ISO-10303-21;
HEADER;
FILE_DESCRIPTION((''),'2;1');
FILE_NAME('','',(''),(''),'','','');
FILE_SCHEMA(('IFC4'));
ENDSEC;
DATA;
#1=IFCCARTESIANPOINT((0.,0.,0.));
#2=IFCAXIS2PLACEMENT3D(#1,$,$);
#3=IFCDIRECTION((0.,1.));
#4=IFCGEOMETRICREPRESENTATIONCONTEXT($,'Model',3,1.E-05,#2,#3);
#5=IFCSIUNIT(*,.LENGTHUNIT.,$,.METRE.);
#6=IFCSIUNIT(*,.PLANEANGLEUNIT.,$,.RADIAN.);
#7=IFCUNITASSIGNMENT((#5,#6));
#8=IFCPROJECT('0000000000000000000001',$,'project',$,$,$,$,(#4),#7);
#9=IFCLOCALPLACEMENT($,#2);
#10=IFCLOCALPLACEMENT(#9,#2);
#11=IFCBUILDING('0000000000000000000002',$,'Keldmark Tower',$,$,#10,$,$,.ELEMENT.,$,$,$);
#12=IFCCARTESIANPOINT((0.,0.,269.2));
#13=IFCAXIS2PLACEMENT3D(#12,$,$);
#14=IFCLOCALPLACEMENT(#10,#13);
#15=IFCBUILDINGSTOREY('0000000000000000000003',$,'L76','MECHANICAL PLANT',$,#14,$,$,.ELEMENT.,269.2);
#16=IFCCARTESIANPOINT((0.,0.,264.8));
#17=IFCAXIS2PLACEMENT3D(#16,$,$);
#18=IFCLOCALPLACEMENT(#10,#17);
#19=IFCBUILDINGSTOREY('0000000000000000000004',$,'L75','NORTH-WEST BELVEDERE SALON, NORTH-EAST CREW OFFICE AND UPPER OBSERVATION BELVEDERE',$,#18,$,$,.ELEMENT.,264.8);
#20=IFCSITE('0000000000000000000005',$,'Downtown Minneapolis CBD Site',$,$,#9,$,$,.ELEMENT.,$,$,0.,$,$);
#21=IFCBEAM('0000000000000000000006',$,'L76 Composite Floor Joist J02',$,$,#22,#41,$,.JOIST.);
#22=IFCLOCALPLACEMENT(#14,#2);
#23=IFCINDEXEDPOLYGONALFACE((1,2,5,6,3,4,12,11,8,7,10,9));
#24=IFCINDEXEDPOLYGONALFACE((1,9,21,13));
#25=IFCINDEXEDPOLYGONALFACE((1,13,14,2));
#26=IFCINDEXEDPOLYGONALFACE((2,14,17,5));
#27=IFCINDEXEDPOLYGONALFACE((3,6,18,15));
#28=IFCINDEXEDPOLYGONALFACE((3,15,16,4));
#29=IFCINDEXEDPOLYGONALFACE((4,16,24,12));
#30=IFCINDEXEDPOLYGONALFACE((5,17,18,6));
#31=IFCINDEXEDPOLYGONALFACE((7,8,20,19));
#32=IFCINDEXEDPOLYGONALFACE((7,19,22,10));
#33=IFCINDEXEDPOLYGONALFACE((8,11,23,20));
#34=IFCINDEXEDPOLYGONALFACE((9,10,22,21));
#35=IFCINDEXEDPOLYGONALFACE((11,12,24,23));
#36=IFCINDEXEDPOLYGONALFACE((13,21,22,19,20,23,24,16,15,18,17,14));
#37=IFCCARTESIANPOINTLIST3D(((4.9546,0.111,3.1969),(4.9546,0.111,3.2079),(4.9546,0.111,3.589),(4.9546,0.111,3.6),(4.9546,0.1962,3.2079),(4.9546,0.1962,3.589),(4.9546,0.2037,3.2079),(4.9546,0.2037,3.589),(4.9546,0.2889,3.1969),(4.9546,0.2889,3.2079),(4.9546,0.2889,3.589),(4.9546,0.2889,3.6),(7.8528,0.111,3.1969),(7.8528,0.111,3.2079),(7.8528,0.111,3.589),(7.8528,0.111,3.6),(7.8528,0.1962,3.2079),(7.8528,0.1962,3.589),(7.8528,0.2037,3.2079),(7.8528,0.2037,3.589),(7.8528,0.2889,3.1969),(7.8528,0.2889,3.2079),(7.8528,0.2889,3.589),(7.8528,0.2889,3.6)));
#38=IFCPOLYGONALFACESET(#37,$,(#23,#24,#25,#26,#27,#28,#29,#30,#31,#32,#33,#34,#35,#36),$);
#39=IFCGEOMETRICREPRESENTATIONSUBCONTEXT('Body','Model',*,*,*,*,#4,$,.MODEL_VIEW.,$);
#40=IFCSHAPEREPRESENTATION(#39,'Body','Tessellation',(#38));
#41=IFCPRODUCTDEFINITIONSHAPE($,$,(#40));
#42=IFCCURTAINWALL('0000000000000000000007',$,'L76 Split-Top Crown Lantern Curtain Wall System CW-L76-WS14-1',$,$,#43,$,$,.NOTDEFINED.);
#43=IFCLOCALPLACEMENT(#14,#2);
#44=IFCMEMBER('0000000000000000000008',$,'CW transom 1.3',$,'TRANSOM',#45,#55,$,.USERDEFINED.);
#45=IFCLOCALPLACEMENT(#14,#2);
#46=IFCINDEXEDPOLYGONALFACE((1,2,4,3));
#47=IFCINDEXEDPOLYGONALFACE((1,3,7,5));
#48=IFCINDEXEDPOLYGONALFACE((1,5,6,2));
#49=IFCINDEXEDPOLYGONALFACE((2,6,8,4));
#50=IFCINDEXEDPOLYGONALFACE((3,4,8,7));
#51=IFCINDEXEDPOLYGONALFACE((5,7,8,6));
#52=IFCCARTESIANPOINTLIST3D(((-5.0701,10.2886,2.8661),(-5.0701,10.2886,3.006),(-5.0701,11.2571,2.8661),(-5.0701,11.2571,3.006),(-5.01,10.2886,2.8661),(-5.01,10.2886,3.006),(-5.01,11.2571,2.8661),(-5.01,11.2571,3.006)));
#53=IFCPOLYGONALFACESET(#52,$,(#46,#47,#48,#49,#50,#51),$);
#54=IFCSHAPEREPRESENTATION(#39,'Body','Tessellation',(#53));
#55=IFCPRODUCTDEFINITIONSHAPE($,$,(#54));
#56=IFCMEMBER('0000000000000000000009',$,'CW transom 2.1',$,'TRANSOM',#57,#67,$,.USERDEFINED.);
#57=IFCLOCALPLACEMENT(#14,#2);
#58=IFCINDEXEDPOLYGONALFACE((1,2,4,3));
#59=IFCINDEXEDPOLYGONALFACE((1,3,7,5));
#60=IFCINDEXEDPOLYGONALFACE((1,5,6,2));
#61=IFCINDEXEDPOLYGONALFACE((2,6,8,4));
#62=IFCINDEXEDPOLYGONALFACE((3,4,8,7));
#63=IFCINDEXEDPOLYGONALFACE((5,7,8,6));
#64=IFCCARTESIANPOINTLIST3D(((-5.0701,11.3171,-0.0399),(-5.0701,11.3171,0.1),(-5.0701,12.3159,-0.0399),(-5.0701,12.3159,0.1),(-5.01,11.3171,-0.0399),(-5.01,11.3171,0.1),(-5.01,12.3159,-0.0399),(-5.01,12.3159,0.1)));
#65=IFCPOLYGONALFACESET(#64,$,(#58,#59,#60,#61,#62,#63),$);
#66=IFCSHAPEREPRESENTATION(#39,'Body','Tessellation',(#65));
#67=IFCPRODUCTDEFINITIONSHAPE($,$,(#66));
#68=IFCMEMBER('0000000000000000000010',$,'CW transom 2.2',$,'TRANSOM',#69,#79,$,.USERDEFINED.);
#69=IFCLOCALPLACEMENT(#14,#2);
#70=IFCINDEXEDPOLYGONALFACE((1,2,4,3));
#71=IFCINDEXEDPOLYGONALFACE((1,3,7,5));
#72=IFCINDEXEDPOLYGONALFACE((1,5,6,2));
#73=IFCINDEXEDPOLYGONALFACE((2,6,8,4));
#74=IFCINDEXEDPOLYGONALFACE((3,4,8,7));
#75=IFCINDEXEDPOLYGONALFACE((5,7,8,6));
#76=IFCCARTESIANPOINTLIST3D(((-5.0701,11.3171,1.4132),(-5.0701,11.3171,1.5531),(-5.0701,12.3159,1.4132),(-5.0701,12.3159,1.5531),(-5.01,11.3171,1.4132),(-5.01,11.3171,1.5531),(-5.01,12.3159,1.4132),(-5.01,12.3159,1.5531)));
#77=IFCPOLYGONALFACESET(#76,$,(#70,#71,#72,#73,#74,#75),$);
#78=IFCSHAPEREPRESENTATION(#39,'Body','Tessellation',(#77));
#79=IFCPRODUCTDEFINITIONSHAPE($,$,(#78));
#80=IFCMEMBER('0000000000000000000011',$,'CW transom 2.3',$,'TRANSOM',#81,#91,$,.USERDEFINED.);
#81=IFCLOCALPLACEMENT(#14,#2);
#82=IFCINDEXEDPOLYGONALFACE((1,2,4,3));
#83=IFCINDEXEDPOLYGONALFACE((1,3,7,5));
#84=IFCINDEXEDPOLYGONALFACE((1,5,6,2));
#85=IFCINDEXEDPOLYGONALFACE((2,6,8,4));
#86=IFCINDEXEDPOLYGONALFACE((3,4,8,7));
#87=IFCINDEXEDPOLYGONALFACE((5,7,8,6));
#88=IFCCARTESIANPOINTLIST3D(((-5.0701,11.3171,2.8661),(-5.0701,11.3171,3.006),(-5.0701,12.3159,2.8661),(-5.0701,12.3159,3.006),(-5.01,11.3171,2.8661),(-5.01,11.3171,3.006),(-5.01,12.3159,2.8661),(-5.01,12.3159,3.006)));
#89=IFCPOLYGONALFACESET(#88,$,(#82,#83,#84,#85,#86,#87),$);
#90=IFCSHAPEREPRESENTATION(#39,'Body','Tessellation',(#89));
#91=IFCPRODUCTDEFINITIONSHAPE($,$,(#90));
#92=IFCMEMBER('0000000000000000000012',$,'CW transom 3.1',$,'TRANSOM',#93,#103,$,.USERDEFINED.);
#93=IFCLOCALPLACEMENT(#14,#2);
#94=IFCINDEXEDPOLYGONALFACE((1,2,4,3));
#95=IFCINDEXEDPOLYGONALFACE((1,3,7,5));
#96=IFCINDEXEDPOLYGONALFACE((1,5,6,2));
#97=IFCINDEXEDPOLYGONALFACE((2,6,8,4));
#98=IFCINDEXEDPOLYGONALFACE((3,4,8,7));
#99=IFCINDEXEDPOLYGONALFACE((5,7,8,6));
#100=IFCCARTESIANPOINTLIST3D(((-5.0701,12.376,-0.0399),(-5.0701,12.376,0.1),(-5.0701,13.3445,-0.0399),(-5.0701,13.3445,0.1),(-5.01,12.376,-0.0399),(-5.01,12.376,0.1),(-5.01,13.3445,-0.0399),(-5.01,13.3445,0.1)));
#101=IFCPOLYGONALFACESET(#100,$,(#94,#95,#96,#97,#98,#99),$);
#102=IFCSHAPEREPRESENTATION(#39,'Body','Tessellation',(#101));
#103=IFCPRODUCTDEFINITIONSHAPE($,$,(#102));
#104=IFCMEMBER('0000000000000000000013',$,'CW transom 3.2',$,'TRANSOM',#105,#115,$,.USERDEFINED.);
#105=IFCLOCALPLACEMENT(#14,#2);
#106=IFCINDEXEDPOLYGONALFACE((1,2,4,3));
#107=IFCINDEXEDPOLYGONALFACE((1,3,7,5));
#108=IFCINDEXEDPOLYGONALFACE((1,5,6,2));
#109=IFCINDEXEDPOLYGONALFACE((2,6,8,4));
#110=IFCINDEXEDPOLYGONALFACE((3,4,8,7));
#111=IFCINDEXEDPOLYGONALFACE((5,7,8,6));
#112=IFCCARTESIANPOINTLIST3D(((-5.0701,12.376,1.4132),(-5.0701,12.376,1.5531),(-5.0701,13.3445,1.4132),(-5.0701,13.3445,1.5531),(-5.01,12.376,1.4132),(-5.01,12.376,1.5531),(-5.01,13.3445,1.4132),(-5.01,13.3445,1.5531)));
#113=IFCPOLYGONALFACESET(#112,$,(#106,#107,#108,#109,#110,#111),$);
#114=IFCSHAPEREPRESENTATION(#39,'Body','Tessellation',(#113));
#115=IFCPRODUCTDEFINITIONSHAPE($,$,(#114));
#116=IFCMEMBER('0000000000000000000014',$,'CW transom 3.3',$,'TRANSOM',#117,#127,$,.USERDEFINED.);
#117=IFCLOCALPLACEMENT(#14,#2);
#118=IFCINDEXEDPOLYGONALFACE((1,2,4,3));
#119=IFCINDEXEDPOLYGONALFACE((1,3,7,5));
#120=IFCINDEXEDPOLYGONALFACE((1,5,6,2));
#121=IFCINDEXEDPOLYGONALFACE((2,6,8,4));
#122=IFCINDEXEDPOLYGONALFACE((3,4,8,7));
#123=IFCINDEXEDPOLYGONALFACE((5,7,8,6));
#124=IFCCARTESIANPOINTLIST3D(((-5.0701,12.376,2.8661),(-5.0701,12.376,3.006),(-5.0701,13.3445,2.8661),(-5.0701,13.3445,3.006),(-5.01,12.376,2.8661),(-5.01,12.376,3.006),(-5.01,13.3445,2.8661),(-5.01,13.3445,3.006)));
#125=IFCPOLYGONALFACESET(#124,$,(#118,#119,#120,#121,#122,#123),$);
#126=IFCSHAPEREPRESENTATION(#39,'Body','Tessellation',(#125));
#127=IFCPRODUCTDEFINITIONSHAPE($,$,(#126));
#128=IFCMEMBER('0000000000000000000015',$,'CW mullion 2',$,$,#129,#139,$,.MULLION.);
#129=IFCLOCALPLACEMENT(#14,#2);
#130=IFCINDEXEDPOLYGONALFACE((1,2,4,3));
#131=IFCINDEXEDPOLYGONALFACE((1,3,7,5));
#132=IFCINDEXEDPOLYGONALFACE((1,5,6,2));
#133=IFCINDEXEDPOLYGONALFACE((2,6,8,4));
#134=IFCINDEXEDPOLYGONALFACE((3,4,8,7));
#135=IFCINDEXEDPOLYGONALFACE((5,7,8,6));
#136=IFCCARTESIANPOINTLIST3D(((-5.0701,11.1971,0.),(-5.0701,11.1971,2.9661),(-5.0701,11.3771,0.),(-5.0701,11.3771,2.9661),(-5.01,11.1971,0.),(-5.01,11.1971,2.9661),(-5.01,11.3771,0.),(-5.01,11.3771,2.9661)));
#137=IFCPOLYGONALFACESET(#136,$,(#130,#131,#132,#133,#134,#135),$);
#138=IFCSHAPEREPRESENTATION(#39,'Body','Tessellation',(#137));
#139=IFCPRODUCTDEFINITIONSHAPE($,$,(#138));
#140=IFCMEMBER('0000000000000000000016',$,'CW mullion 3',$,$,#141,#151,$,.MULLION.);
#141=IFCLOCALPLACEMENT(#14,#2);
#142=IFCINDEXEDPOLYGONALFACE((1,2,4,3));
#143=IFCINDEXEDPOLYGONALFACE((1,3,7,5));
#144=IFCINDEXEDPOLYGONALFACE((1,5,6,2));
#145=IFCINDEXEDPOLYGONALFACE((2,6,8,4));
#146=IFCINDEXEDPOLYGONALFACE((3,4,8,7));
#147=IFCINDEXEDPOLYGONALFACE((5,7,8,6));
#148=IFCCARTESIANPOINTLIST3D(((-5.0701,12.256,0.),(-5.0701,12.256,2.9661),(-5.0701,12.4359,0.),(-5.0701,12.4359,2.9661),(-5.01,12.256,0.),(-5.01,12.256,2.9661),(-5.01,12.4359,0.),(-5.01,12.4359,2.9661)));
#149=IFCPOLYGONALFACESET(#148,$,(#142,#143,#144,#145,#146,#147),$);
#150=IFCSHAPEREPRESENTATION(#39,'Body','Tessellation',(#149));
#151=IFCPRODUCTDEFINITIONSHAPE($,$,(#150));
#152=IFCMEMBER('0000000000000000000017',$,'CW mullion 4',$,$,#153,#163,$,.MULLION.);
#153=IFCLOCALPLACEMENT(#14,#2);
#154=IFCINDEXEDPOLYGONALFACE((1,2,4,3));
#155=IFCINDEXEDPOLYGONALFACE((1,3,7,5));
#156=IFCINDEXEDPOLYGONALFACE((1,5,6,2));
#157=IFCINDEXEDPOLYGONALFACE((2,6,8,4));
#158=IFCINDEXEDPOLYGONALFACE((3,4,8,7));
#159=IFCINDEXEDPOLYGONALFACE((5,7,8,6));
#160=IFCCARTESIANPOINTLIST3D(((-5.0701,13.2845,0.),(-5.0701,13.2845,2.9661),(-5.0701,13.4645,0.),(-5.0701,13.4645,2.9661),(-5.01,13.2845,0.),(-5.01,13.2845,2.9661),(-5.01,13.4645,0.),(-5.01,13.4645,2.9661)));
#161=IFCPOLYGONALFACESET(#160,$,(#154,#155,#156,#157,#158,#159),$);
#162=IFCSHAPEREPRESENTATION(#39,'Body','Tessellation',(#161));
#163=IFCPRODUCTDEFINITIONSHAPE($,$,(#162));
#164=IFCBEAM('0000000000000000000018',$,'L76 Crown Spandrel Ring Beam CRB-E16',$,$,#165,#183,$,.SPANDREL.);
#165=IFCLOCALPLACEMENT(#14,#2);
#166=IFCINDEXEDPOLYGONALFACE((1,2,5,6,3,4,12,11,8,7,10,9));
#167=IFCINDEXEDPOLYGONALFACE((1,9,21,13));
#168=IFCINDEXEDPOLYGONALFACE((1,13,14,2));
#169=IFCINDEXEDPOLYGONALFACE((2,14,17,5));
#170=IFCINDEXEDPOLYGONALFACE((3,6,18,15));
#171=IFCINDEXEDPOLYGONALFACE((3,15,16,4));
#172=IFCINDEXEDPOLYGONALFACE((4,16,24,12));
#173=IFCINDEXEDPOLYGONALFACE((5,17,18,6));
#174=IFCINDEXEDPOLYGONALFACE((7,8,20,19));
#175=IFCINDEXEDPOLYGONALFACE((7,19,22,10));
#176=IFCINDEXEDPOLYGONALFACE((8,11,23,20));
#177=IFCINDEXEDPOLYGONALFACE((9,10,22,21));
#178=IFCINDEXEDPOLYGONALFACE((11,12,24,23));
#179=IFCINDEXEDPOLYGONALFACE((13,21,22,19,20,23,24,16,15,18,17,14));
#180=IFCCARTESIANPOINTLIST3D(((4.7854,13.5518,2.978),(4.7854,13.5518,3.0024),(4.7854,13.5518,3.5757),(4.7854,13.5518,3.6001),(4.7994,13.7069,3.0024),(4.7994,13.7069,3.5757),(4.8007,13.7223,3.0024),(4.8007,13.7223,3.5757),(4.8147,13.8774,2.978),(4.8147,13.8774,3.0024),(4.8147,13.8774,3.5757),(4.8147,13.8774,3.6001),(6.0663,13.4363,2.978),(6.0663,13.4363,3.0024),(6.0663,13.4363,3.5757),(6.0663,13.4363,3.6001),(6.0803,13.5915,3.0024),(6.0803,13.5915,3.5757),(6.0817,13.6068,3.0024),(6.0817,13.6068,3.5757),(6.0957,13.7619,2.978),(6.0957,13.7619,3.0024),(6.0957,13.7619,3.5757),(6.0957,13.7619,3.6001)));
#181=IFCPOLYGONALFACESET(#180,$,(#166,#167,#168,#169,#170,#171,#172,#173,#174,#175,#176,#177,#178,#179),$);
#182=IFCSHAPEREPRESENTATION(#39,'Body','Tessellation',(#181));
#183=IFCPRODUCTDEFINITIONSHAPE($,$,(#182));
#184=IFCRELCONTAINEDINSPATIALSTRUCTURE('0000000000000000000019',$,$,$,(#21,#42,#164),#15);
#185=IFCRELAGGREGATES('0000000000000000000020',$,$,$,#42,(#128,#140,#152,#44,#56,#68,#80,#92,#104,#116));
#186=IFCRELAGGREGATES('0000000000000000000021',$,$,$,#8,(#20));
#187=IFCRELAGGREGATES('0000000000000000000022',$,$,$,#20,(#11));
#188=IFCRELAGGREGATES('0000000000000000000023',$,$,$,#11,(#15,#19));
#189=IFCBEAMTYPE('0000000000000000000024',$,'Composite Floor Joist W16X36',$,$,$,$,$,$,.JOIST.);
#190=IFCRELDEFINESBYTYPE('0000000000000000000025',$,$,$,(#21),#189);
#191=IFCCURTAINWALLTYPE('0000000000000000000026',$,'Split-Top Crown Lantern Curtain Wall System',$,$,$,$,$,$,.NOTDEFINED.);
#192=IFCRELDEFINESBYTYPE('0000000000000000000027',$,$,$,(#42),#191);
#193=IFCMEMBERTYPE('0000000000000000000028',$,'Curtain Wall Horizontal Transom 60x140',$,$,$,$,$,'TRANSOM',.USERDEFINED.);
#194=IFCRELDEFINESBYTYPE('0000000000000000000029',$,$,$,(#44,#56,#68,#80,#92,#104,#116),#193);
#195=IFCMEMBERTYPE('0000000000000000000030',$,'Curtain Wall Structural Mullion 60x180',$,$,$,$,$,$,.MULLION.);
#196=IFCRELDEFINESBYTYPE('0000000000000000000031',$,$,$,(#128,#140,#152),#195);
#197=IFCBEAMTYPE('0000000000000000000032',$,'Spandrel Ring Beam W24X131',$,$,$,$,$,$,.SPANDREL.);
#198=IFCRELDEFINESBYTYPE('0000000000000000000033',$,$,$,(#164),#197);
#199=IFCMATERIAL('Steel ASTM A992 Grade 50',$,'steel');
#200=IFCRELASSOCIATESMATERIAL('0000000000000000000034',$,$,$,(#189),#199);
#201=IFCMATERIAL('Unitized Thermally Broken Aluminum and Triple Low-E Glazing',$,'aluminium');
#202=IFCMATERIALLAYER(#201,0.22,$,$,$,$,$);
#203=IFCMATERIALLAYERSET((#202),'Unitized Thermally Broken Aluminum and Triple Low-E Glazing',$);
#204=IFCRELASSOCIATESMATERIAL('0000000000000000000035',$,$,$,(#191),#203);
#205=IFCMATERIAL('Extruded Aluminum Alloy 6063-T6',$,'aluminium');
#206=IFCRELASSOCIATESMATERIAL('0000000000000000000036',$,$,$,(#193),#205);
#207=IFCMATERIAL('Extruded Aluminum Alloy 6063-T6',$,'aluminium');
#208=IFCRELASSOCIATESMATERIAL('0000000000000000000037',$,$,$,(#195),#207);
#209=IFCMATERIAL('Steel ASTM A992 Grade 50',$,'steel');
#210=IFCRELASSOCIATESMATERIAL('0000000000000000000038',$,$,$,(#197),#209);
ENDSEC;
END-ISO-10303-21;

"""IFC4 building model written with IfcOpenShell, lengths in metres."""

from ifc_helpers import new_model, si_unit, direction, frame, origin, origin_2d, place, context, subcontext, project, spatial, rectangle, i_section, extrude, material, layer, layer_set, material_profile, profile_set, type_object, element, aggregate, save


model = new_model("IFC4")

# Units and contexts
model_context = context("Model", 3, precision=1e-05, world=origin(), true_north=direction((0.0, 1.0)))
body_context = subcontext(model_context, "Body", "Model", "MODEL_VIEW")
ifc_project = project(units=[si_unit("LENGTHUNIT", "METRE"), si_unit("PLANEANGLEUNIT", "RADIAN")], contexts=[model_context])

# Site, building, storey
site_placement = place(None, origin())
site = spatial("IfcSite", under=ifc_project, at=site_placement, Name="Downtown Minneapolis CBD Site", CompositionType="ELEMENT", RefElevation=0.0)
building_placement = place(site_placement, origin())
building = spatial("IfcBuilding", under=site, at=building_placement, Name="Keldmark Tower", CompositionType="ELEMENT")
storey_1_placement = place(building_placement, frame((0.0, 0.0, 269.2)))
storey_1 = spatial("IfcBuildingStorey", under=building, at=storey_1_placement, Name="L76", Description="MECHANICAL PLANT", CompositionType="ELEMENT", Elevation=269.2)

# Beam
ifc_material_1 = material(Name="Steel ASTM A992 Grade 50", Category="steel")
ifc_material_profile_1 = material_profile(ifc_material_1, i_section(OverallWidth=0.178, OverallDepth=0.4031, WebThickness=0.0076, FlangeThickness=0.011, at=origin_2d()), Name="W16X36")
ifc_profile_set_1 = profile_set([ifc_material_profile_1], Name="Steel ASTM A992 Grade 50")
beam_type_1 = type_object("IfcBeamType", Name="Composite Floor Joist W16X36", PredefinedType="JOIST", material=ifc_profile_set_1)
beam_1_placement = place(storey_1_placement, frame((4.9546, 0.2, 3.3984), z_axis=(1.0, 0.0, 0.0), x_axis=(0.0, 1.0, 0.0)))
element("IfcBeam", 1, at=beam_1_placement, inside=storey_1, type_object=beam_type_1, Name="L76 Composite Floor Joist J02", PredefinedType="JOIST", context=body_context, shape_type="SweptSolid", body=[
    extrude(i_section(OverallWidth=0.178, OverallDepth=0.4031, WebThickness=0.0076, FlangeThickness=0.011, at=origin_2d()), origin(), (0.0, 0.0, 1.0), 2.8982),
])

# Curtain wall, members
ifc_material_2 = material(Name="Unitized Thermally Broken Aluminum and Triple Low-E Glazing", Category="aluminium")
ifc_layer_1 = layer(ifc_material_2, 0.22)
ifc_layer_set_1 = layer_set([ifc_layer_1], Name="Unitized Thermally Broken Aluminum and Triple Low-E Glazing")
curtain_wall_type = type_object("IfcCurtainWallType", Name="Split-Top Crown Lantern Curtain Wall System", PredefinedType="NOTDEFINED", material=ifc_layer_set_1)
curtain_wall_placement = place(storey_1_placement, origin())
curtain_wall = element("IfcCurtainWall", 2, at=curtain_wall_placement, inside=storey_1, type_object=curtain_wall_type, Name="L76 Split-Top Crown Lantern Curtain Wall System CW-L76-WS14-1", PredefinedType="NOTDEFINED")
ifc_material_3 = material(Name="Extruded Aluminum Alloy 6063-T6", Category="aluminium")
ifc_material_profile_2 = material_profile(ifc_material_3, rectangle(XDim=0.0601, YDim=0.1399, at=origin_2d()), Name="CWT60X140")
ifc_profile_set_2 = profile_set([ifc_material_profile_2], Name="Extruded Aluminum Alloy 6063-T6")
member_type_1 = type_object("IfcMemberType", Name="Curtain Wall Horizontal Transom 60x140", ElementType="TRANSOM", PredefinedType="USERDEFINED", material=ifc_profile_set_2)
member_1_placement = place(storey_1_placement, frame((-5.04, 10.2886, 2.936), z_axis=(0.0, 1.0, 0.0), x_axis=(-1.0, 0.0, 0.0)))
member_1 = element("IfcMember", 3, at=member_1_placement, type_object=member_type_1, Name="CW transom 1.3", ObjectType="TRANSOM", PredefinedType="USERDEFINED", context=body_context, shape_type="SweptSolid", body=[
    extrude(rectangle(XDim=0.0601, YDim=0.1399, at=origin_2d()), origin(), (0.0, 0.0, 1.0), 0.9685),
])
member_2_placement = place(storey_1_placement, frame((-5.04, 11.3171, 0.03), z_axis=(0.0, 1.0, 0.0), x_axis=(-1.0, 0.0, 0.0)))
member_2 = element("IfcMember", 4, at=member_2_placement, type_object=member_type_1, Name="CW transom 2.1", ObjectType="TRANSOM", PredefinedType="USERDEFINED", context=body_context, shape_type="SweptSolid", body=[
    extrude(rectangle(XDim=0.0601, YDim=0.1399, at=origin_2d()), origin(), (0.0, 0.0, 1.0), 0.9988),
])
member_3_placement = place(storey_1_placement, frame((-5.04, 11.3171, 1.4832), z_axis=(0.0, 1.0, 0.0), x_axis=(-1.0, 0.0, 0.0)))
member_3 = element("IfcMember", 5, at=member_3_placement, type_object=member_type_1, Name="CW transom 2.2", ObjectType="TRANSOM", PredefinedType="USERDEFINED", context=body_context, shape_type="SweptSolid", body=[
    extrude(rectangle(XDim=0.0601, YDim=0.1399, at=origin_2d()), origin(), (0.0, 0.0, 1.0), 0.9988),
])
member_4_placement = place(storey_1_placement, frame((-5.04, 11.3171, 2.936), z_axis=(0.0, 1.0, 0.0), x_axis=(-1.0, 0.0, 0.0)))
member_4 = element("IfcMember", 6, at=member_4_placement, type_object=member_type_1, Name="CW transom 2.3", ObjectType="TRANSOM", PredefinedType="USERDEFINED", context=body_context, shape_type="SweptSolid", body=[
    extrude(rectangle(XDim=0.0601, YDim=0.1399, at=origin_2d()), origin(), (0.0, 0.0, 1.0), 0.9988),
])
member_5_placement = place(storey_1_placement, frame((-5.04, 12.376, 0.03), z_axis=(0.0, 1.0, 0.0), x_axis=(-1.0, 0.0, 0.0)))
member_5 = element("IfcMember", 7, at=member_5_placement, type_object=member_type_1, Name="CW transom 3.1", ObjectType="TRANSOM", PredefinedType="USERDEFINED", context=body_context, shape_type="SweptSolid", body=[
    extrude(rectangle(XDim=0.0601, YDim=0.1399, at=origin_2d()), origin(), (0.0, 0.0, 1.0), 0.9685),
])
member_6_placement = place(storey_1_placement, frame((-5.04, 12.376, 1.4832), z_axis=(0.0, 1.0, 0.0), x_axis=(-1.0, 0.0, 0.0)))
member_6 = element("IfcMember", 8, at=member_6_placement, type_object=member_type_1, Name="CW transom 3.2", ObjectType="TRANSOM", PredefinedType="USERDEFINED", context=body_context, shape_type="SweptSolid", body=[
    extrude(rectangle(XDim=0.0601, YDim=0.1399, at=origin_2d()), origin(), (0.0, 0.0, 1.0), 0.9685),
])
member_7_placement = place(storey_1_placement, frame((-5.04, 12.376, 2.936), z_axis=(0.0, 1.0, 0.0), x_axis=(-1.0, 0.0, 0.0)))
member_7 = element("IfcMember", 9, at=member_7_placement, type_object=member_type_1, Name="CW transom 3.3", ObjectType="TRANSOM", PredefinedType="USERDEFINED", context=body_context, shape_type="SweptSolid", body=[
    extrude(rectangle(XDim=0.0601, YDim=0.1399, at=origin_2d()), origin(), (0.0, 0.0, 1.0), 0.9685),
])
ifc_material_4 = material(Name="Extruded Aluminum Alloy 6063-T6", Category="aluminium")
ifc_material_profile_3 = material_profile(ifc_material_4, rectangle(XDim=0.0601, YDim=0.1799, at=origin_2d()), Name="CWM60X180")
ifc_profile_set_3 = profile_set([ifc_material_profile_3], Name="Extruded Aluminum Alloy 6063-T6")
member_type_2 = type_object("IfcMemberType", Name="Curtain Wall Structural Mullion 60x180", PredefinedType="MULLION", material=ifc_profile_set_3)
member_8_placement = place(storey_1_placement, frame((-5.04, 11.2871, 0.0), z_axis=(0.0, 0.0, 1.0), x_axis=(-1.0, 0.0, 0.0)))
member_8 = element("IfcMember", 10, at=member_8_placement, type_object=member_type_2, Name="CW mullion 2", PredefinedType="MULLION", context=body_context, shape_type="SweptSolid", body=[
    extrude(rectangle(XDim=0.0601, YDim=0.1799, at=origin_2d()), origin(), (0.0, 0.0, 1.0), 2.9661),
])
member_9_placement = place(storey_1_placement, frame((-5.04, 12.3459, 0.0), z_axis=(0.0, 0.0, 1.0), x_axis=(-1.0, 0.0, 0.0)))
member_9 = element("IfcMember", 11, at=member_9_placement, type_object=member_type_2, Name="CW mullion 3", PredefinedType="MULLION", context=body_context, shape_type="SweptSolid", body=[
    extrude(rectangle(XDim=0.0601, YDim=0.1799, at=origin_2d()), origin(), (0.0, 0.0, 1.0), 2.9661),
])
member_10_placement = place(storey_1_placement, frame((-5.04, 13.3745, 0.0), z_axis=(0.0, 0.0, 1.0), x_axis=(-1.0, 0.0, 0.0)))
member_10 = element("IfcMember", 12, at=member_10_placement, type_object=member_type_2, Name="CW mullion 4", PredefinedType="MULLION", context=body_context, shape_type="SweptSolid", body=[
    extrude(rectangle(XDim=0.0601, YDim=0.1799, at=origin_2d()), origin(), (0.0, 0.0, 1.0), 2.9661),
])

# Beam
ifc_material_5 = material(Name="Steel ASTM A992 Grade 50", Category="steel")
ifc_material_profile_4 = material_profile(ifc_material_5, i_section(OverallWidth=0.3269, OverallDepth=0.6221, WebThickness=0.0154, FlangeThickness=0.0244, at=origin_2d()), Name="W24X131")
ifc_profile_set_4 = profile_set([ifc_material_profile_4], Name="Steel ASTM A992 Grade 50")
beam_type_2 = type_object("IfcBeamType", Name="Spandrel Ring Beam W24X131", PredefinedType="SPANDREL", material=ifc_profile_set_4)
beam_2_placement = place(storey_1_placement, frame((4.8, 13.7146, 3.2891), z_axis=(0.995961, -0.089783, 0.0), x_axis=(0.089783, 0.995961, 0.0)))
element("IfcBeam", 13, at=beam_2_placement, inside=storey_1, type_object=beam_type_2, Name="L76 Crown Spandrel Ring Beam CRB-E16", PredefinedType="SPANDREL", context=body_context, shape_type="SweptSolid", body=[
    extrude(i_section(OverallWidth=0.3269, OverallDepth=0.6221, WebThickness=0.0154, FlangeThickness=0.0244, at=origin_2d()), origin(), (0.0, 0.0, 1.0), 1.2861),
])

# Shared definitions
storey_2_placement = place(building_placement, frame((0.0, 0.0, 264.8)))
storey_2 = spatial("IfcBuildingStorey", under=building, at=storey_2_placement, Name="L75", Description="NORTH-WEST BELVEDERE SALON, NORTH-EAST CREW OFFICE AND UPPER OBSERVATION BELVEDERE", CompositionType="ELEMENT", Elevation=264.8)

aggregate(curtain_wall, [member_8, member_9, member_10, member_1, member_2, member_3, member_4, member_5, member_6, member_7])

save(model, "model.ifc")
